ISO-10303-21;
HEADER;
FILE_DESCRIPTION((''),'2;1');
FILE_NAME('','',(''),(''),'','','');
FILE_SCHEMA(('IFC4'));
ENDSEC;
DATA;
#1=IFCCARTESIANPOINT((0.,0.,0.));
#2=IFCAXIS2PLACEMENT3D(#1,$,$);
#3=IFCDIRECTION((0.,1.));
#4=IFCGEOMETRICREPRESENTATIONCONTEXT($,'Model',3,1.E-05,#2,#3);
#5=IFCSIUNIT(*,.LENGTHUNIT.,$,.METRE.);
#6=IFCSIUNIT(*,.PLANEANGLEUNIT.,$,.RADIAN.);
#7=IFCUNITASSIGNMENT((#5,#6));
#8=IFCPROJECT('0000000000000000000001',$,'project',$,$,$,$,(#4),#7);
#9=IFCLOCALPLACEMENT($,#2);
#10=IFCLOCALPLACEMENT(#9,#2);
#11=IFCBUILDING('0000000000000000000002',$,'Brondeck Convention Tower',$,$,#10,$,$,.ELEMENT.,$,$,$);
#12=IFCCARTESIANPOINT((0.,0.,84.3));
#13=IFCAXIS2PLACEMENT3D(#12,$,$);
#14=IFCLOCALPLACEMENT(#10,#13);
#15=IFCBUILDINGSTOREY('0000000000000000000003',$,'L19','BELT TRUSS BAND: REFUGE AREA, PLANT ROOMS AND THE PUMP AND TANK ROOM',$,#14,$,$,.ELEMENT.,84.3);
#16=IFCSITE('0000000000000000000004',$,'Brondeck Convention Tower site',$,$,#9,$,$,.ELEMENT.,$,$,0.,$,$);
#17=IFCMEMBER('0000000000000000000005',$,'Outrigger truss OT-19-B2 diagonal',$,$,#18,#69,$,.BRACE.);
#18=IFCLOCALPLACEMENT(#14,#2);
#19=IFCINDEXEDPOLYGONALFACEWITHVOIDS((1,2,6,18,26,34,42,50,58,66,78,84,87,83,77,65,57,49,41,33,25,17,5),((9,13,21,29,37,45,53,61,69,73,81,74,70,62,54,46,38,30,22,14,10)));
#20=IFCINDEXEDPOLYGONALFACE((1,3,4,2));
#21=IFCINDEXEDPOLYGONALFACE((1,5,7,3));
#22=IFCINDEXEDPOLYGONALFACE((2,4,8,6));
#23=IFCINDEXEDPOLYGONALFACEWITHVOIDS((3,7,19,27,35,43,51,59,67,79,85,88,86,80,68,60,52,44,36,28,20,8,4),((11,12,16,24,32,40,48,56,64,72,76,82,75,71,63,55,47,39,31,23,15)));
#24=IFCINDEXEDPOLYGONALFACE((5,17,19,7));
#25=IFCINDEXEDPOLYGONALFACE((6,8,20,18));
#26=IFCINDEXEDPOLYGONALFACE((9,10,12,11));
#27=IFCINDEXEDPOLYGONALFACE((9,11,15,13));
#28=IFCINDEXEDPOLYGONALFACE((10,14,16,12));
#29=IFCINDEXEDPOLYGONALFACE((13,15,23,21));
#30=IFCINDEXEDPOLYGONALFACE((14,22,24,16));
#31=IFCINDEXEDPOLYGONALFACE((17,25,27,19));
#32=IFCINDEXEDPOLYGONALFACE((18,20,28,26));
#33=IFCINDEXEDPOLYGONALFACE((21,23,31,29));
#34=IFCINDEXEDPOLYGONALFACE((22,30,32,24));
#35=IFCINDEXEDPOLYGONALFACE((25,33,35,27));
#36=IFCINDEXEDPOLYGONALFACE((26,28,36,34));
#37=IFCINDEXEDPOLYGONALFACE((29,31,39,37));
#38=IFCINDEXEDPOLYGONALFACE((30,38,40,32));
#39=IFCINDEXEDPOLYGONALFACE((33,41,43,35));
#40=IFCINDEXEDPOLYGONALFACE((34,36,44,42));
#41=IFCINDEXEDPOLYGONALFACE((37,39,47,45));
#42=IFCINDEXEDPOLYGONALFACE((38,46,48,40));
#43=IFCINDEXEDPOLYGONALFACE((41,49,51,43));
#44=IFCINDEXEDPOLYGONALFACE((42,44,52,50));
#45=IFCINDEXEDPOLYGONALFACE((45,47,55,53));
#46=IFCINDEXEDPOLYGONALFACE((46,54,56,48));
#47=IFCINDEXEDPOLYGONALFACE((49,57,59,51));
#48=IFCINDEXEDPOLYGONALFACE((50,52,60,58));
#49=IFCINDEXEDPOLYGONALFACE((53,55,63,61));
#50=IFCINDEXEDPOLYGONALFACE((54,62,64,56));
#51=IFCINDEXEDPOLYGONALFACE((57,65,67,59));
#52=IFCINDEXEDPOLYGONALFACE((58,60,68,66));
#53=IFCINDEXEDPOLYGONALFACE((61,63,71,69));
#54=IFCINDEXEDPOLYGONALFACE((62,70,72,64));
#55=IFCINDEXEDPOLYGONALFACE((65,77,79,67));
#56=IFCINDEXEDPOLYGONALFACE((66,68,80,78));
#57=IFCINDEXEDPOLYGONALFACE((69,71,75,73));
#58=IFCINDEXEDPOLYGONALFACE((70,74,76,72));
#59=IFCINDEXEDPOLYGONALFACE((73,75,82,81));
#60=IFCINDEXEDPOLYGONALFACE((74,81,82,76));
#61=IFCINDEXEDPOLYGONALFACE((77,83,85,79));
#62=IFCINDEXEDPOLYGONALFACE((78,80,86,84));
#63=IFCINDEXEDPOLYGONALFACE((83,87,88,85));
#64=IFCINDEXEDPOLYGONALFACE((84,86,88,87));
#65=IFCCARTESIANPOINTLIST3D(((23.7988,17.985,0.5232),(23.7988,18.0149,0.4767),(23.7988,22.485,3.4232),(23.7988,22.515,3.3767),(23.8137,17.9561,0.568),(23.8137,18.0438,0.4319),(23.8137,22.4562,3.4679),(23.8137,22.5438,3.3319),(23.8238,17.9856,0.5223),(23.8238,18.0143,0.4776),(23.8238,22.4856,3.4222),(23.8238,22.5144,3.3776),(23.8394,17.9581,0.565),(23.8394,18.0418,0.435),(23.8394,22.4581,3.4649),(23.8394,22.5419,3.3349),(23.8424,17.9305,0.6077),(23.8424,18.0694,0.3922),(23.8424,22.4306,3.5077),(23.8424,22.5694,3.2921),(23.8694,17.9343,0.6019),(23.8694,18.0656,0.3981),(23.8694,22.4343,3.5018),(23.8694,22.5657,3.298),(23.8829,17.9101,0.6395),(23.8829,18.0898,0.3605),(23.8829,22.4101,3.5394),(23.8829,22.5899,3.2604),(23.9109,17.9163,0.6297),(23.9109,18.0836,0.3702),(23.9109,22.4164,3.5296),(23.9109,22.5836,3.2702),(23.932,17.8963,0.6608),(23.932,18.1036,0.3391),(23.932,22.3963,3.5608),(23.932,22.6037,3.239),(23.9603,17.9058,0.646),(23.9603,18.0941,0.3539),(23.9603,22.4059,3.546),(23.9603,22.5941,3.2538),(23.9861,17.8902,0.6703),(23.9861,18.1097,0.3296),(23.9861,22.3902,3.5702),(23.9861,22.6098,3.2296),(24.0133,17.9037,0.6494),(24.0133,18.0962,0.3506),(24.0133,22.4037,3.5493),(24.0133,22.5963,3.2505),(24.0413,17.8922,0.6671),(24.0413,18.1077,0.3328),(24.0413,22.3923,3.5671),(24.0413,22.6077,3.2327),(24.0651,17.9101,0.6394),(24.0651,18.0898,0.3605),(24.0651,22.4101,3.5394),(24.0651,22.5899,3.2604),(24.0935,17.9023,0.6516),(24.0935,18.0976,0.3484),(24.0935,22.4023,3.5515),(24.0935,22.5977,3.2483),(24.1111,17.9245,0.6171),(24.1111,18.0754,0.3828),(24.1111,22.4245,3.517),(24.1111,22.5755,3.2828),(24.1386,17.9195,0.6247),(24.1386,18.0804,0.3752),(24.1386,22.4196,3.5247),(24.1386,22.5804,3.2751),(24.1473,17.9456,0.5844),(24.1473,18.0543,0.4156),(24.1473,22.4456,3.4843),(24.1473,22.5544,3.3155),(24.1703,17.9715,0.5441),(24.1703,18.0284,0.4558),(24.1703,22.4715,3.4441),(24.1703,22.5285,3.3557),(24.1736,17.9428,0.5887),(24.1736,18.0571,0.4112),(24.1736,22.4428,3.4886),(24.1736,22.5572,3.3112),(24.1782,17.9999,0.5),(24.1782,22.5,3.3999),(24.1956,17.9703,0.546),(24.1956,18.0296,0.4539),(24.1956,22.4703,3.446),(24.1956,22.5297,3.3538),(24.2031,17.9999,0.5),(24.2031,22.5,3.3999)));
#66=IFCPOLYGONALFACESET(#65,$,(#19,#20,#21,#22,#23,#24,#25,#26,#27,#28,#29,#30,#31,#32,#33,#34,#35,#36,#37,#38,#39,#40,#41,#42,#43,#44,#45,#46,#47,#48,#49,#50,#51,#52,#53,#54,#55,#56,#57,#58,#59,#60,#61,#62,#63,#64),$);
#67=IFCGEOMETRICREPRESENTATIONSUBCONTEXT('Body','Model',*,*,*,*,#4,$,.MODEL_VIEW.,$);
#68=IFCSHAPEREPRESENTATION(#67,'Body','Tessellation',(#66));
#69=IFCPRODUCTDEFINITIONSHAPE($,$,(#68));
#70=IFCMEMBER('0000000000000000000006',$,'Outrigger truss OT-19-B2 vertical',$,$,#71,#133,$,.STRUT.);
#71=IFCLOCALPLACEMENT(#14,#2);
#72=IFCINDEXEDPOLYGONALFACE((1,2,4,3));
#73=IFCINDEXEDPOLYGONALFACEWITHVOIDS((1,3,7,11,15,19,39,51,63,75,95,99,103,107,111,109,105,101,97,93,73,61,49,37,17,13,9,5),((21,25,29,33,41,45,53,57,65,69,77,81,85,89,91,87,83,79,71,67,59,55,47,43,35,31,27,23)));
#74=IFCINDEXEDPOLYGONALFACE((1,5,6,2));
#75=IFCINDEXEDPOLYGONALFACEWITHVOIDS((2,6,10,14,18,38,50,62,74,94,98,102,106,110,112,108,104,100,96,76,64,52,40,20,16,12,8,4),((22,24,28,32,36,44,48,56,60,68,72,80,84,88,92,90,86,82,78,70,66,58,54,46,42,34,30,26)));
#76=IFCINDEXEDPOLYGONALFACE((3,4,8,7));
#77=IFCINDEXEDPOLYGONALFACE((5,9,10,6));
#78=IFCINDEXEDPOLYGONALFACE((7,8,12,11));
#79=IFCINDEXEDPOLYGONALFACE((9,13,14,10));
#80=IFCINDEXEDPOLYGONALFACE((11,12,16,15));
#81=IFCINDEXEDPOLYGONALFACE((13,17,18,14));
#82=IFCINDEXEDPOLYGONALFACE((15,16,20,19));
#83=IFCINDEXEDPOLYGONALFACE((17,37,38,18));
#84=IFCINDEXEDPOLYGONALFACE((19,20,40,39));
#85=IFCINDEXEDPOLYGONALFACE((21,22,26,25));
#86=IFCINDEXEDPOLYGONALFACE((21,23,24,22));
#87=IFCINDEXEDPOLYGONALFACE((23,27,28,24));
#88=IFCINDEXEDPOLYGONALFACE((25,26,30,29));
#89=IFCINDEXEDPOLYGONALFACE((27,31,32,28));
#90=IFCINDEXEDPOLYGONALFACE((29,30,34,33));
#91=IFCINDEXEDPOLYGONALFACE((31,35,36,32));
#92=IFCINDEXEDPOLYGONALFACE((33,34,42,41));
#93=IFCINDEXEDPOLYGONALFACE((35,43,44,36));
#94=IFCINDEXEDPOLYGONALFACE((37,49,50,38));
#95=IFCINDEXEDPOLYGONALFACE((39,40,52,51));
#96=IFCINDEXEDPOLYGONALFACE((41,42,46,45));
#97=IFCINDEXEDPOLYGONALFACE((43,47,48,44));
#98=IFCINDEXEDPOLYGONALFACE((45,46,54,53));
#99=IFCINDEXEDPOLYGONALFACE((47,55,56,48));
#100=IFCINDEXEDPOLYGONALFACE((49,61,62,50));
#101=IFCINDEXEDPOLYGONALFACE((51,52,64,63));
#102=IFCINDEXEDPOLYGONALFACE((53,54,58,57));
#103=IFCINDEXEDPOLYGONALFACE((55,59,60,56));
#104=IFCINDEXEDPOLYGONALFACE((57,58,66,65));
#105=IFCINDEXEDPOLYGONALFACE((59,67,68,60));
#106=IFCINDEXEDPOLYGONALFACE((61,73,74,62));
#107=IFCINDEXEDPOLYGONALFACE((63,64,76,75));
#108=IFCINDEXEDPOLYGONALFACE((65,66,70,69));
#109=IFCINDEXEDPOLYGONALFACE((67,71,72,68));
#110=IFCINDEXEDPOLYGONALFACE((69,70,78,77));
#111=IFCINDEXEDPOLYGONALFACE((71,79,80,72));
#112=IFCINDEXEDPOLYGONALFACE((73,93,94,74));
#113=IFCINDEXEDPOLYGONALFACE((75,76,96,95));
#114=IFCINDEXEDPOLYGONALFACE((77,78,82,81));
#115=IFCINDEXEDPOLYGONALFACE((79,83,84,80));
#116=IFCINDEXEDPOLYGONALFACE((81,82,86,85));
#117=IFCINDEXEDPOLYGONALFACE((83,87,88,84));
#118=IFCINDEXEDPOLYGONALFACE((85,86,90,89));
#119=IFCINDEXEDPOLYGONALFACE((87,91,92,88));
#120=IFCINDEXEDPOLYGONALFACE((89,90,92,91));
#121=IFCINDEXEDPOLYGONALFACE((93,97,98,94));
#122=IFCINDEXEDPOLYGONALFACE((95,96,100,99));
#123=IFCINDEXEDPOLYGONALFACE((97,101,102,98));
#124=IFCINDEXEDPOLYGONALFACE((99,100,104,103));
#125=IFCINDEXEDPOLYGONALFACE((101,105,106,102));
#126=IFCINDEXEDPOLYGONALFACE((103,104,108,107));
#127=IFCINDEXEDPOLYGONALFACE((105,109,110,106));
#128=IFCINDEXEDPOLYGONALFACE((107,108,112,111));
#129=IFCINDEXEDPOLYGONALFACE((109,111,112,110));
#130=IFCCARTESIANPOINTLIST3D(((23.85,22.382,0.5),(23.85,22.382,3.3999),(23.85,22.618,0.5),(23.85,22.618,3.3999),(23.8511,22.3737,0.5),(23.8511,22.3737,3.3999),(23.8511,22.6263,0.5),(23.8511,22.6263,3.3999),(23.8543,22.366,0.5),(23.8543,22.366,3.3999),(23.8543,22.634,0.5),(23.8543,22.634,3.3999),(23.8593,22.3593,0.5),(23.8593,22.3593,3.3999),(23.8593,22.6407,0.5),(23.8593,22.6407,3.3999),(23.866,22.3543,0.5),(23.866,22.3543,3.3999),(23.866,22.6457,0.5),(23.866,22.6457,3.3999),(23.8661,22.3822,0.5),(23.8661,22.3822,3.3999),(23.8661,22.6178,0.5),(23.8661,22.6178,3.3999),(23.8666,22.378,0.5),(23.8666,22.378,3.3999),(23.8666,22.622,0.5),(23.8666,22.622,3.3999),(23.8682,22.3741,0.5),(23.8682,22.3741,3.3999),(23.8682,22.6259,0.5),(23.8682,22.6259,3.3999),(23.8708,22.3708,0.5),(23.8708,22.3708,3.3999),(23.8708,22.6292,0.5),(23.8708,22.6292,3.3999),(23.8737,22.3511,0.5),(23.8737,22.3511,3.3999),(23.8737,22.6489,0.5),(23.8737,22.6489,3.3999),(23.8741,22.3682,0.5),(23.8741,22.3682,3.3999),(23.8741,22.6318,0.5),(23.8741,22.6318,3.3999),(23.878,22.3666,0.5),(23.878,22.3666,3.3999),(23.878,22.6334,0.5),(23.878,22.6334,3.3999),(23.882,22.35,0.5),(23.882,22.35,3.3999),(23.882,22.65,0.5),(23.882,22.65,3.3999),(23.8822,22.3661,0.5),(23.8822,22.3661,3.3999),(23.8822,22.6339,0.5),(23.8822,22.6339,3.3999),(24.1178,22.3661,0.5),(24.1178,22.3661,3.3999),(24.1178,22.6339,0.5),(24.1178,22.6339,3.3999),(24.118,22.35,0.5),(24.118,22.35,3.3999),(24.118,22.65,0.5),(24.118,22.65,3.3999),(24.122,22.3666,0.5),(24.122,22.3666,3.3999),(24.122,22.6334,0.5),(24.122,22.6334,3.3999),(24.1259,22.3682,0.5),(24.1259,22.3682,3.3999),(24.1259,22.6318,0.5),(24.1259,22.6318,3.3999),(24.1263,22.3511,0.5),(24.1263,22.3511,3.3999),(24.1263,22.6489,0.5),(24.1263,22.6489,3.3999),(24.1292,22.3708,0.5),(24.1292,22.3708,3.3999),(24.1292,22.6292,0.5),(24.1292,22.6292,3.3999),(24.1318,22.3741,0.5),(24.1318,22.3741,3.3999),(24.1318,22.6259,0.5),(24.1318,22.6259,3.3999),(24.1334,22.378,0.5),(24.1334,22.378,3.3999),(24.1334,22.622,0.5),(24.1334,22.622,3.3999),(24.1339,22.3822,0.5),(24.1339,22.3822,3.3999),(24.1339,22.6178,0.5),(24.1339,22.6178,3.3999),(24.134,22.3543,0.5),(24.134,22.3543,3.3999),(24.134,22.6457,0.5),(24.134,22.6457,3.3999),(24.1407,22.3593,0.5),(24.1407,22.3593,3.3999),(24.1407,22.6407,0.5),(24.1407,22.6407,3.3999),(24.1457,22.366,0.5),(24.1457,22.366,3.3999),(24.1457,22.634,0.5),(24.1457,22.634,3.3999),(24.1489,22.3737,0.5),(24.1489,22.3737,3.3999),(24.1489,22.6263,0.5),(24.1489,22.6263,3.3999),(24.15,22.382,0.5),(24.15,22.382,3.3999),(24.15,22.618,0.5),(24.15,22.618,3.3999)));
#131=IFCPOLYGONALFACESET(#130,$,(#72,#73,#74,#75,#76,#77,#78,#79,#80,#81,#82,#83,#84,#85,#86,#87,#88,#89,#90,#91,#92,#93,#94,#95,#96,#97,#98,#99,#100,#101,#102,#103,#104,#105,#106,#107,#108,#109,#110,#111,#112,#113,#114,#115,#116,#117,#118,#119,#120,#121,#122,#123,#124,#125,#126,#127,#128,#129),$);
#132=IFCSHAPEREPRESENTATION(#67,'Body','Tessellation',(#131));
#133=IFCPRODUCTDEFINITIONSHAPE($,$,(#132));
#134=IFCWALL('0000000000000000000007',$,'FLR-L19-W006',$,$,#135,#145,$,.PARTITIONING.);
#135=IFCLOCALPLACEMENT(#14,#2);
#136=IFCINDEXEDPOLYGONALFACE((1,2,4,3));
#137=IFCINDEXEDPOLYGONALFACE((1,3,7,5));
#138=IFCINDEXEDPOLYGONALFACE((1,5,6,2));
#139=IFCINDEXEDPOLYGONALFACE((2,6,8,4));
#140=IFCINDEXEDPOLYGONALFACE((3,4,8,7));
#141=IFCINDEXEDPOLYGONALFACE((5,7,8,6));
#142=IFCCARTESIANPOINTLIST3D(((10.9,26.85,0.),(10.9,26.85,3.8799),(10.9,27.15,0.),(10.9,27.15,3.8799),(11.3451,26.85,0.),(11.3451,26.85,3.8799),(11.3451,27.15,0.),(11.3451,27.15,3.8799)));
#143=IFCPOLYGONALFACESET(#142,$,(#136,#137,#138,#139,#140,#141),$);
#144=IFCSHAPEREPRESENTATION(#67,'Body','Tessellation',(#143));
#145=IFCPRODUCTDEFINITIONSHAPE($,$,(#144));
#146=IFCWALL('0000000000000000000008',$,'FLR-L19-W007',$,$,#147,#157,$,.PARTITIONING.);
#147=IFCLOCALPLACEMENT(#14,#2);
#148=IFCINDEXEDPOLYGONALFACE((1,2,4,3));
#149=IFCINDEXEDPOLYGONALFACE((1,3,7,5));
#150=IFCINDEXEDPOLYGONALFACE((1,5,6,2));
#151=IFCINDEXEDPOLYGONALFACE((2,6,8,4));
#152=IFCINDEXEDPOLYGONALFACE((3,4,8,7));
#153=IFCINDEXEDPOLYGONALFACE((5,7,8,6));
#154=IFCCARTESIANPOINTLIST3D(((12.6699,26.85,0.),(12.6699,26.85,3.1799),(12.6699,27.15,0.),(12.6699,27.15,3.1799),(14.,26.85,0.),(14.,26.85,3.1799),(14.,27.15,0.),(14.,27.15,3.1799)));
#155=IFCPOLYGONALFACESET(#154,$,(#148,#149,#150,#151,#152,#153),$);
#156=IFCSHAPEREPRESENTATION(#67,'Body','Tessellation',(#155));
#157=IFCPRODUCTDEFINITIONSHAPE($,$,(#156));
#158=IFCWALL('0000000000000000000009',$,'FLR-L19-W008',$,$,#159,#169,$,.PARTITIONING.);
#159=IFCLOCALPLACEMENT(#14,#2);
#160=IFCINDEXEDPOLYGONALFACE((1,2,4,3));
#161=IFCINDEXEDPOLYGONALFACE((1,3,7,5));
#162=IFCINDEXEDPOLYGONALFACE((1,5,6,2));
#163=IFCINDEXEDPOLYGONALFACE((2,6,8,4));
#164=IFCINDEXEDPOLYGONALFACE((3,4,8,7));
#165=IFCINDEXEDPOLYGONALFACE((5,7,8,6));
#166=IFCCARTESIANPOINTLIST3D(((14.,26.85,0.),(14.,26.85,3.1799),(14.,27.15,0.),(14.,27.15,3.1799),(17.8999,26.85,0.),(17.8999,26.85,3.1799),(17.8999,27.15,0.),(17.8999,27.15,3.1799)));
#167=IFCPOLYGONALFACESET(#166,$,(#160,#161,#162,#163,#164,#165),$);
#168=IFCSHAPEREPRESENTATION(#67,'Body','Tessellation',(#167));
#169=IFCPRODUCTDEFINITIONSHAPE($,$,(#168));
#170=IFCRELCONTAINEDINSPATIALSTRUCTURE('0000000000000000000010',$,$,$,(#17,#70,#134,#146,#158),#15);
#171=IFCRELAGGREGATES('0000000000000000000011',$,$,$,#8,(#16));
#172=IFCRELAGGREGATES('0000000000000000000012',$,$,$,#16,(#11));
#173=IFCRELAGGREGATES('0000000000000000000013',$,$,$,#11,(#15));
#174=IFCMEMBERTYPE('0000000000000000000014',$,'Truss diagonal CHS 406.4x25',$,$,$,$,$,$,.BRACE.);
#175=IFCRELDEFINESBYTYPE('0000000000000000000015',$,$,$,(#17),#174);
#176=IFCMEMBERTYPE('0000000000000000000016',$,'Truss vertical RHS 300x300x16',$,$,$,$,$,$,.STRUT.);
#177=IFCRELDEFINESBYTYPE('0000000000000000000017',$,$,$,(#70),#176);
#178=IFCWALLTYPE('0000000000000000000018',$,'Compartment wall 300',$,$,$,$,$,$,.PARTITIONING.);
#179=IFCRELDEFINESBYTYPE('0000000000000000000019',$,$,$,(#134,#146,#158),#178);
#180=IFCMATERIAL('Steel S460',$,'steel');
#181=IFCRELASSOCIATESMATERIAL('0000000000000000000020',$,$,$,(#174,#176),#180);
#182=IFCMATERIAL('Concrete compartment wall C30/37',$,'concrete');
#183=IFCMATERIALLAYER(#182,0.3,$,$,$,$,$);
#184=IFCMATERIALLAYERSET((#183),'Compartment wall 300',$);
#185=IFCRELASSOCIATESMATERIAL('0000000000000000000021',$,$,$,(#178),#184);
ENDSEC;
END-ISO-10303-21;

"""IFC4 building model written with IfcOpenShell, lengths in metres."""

from ifc_helpers import new_model, si_unit, direction, frame, frame_2d, origin, origin_2d, place, context, subcontext, project, spatial, rectangle, hollow_rectangle, hollow_circle, extrude, material, layer, layer_set, material_profile, profile_set, type_object, element, save


model = new_model("IFC4")

# Units and contexts
model_context = context("Model", 3, precision=1e-05, world=origin(), true_north=direction((0.0, 1.0)))
body_context = subcontext(model_context, "Body", "Model", "MODEL_VIEW")
ifc_project = project(units=[si_unit("LENGTHUNIT", "METRE"), si_unit("PLANEANGLEUNIT", "RADIAN")], contexts=[model_context])

# Site, building, storey
site_placement = place(None, origin())
site = spatial("IfcSite", under=ifc_project, at=site_placement, Name="Brondeck Convention Tower site", CompositionType="ELEMENT", RefElevation=0.0)
building_placement = place(site_placement, origin())
building = spatial("IfcBuilding", under=site, at=building_placement, Name="Brondeck Convention Tower", CompositionType="ELEMENT")
storey_placement = place(building_placement, frame((0.0, 0.0, 84.3)))
storey = spatial("IfcBuildingStorey", under=building, at=storey_placement, Name="L19", Description="BELT TRUSS BAND: REFUGE AREA, PLANT ROOMS AND THE PUMP AND TANK ROOM", CompositionType="ELEMENT", Elevation=84.3)

# Members
ifc_material_1 = material(Name="Steel S460", Category="steel")
ifc_material_profile_1 = material_profile(ifc_material_1, hollow_circle(Radius=0.2031, WallThickness=0.0249, at=origin_2d()), Name="CHS 406.4x25")
ifc_profile_set_1 = profile_set([ifc_material_profile_1], Name="Steel S460")
member_type_1 = type_object("IfcMemberType", Name="Truss diagonal CHS 406.4x25", PredefinedType="BRACE", material=ifc_profile_set_1)
for number, where, z_axis, x_axis, name in (
    (1, (24.0, 22.5, 3.3999), (0.0, -0.840579, -0.541688), (1.0, 0.0, 0.0), "Outrigger truss OT-19-B2 diagonal"),
):
    element("IfcMember", number, at=place(storey_placement, frame(where, z_axis=z_axis, x_axis=x_axis)), inside=storey, type_object=member_type_1, Name=name, PredefinedType="BRACE", context=body_context, shape_type="SweptSolid", body=[
        extrude(hollow_circle(Radius=0.2031, WallThickness=0.0249, at=origin_2d()), origin(), (0.0, 0.0, 1.0), 5.3535),
    ])
ifc_material_profile_2 = material_profile(ifc_material_1, hollow_rectangle(XDim=0.3, YDim=0.3, WallThickness=0.0161, InnerFilletRadius=0.0161, OuterFilletRadius=0.032, at=origin_2d()), Name="RHS 300x300x16")
ifc_profile_set_2 = profile_set([ifc_material_profile_2], Name="Steel S460")
member_type_2 = type_object("IfcMemberType", Name="Truss vertical RHS 300x300x16", PredefinedType="STRUT", material=ifc_profile_set_2)
member_1_placement = place(storey_placement, frame((24.0, 22.5, 0.5), z_axis=(0.0, 0.0, 1.0), x_axis=(1.0, 0.0, 0.0)))
element("IfcMember", 2, at=member_1_placement, inside=storey, type_object=member_type_2, Name="Outrigger truss OT-19-B2 vertical", PredefinedType="STRUT", context=body_context, shape_type="SweptSolid", body=[
    extrude(hollow_rectangle(XDim=0.3, YDim=0.3, WallThickness=0.0161, InnerFilletRadius=0.0161, OuterFilletRadius=0.032, at=origin_2d()), origin(), (0.0, 0.0, 1.0), 2.8999),
])

# Walls
ifc_material_2 = material(Name="Concrete compartment wall C30/37", Category="concrete")
ifc_layer_1 = layer(ifc_material_2, 0.3)
ifc_layer_set_1 = layer_set([ifc_layer_1], Name="Compartment wall 300")
wall_type_1 = type_object("IfcWallType", Name="Compartment wall 300", PredefinedType="PARTITIONING", material=ifc_layer_set_1)
wall_1_placement = place(storey_placement, frame((10.8999, 27.0, 0.0), z_axis=(0.0, 0.0, 1.0), x_axis=(1.0, 0.0, 0.0)))
element("IfcWall", 3, at=wall_1_placement, inside=storey, type_object=wall_type_1, Name="FLR-L19-W006", PredefinedType="PARTITIONING", context=body_context, shape_type="SweptSolid", body=[
    extrude(rectangle(XDim=0.4451, YDim=0.3, at=frame_2d((0.2227, 0.0))), origin(), (0.0, 0.0, 1.0), 3.8799),
])
wall_2_placement = place(storey_placement, frame((12.6699, 27.0, 0.0), z_axis=(0.0, 0.0, 1.0), x_axis=(1.0, 0.0, 0.0)))
element("IfcWall", 4, at=wall_2_placement, inside=storey, type_object=wall_type_1, Name="FLR-L19-W007", PredefinedType="PARTITIONING", context=body_context, shape_type="SweptSolid", body=[
    extrude(rectangle(XDim=1.3301, YDim=0.3, at=frame_2d((0.665, 0.0))), origin(), (0.0, 0.0, 1.0), 3.1799),
])
wall_3_placement = place(storey_placement, frame((17.8999, 27.0, 0.0), z_axis=(0.0, 0.0, 1.0), x_axis=(-1.0, 0.0, 0.0)))
element("IfcWall", 5, at=wall_3_placement, inside=storey, type_object=wall_type_1, Name="FLR-L19-W008", PredefinedType="PARTITIONING", context=body_context, shape_type="SweptSolid", body=[
    extrude(rectangle(XDim=3.8999, YDim=0.3, at=frame_2d((1.95, 0.0))), origin(), (0.0, 0.0, 1.0), 3.1799),
])

save(model, "model.ifc")
